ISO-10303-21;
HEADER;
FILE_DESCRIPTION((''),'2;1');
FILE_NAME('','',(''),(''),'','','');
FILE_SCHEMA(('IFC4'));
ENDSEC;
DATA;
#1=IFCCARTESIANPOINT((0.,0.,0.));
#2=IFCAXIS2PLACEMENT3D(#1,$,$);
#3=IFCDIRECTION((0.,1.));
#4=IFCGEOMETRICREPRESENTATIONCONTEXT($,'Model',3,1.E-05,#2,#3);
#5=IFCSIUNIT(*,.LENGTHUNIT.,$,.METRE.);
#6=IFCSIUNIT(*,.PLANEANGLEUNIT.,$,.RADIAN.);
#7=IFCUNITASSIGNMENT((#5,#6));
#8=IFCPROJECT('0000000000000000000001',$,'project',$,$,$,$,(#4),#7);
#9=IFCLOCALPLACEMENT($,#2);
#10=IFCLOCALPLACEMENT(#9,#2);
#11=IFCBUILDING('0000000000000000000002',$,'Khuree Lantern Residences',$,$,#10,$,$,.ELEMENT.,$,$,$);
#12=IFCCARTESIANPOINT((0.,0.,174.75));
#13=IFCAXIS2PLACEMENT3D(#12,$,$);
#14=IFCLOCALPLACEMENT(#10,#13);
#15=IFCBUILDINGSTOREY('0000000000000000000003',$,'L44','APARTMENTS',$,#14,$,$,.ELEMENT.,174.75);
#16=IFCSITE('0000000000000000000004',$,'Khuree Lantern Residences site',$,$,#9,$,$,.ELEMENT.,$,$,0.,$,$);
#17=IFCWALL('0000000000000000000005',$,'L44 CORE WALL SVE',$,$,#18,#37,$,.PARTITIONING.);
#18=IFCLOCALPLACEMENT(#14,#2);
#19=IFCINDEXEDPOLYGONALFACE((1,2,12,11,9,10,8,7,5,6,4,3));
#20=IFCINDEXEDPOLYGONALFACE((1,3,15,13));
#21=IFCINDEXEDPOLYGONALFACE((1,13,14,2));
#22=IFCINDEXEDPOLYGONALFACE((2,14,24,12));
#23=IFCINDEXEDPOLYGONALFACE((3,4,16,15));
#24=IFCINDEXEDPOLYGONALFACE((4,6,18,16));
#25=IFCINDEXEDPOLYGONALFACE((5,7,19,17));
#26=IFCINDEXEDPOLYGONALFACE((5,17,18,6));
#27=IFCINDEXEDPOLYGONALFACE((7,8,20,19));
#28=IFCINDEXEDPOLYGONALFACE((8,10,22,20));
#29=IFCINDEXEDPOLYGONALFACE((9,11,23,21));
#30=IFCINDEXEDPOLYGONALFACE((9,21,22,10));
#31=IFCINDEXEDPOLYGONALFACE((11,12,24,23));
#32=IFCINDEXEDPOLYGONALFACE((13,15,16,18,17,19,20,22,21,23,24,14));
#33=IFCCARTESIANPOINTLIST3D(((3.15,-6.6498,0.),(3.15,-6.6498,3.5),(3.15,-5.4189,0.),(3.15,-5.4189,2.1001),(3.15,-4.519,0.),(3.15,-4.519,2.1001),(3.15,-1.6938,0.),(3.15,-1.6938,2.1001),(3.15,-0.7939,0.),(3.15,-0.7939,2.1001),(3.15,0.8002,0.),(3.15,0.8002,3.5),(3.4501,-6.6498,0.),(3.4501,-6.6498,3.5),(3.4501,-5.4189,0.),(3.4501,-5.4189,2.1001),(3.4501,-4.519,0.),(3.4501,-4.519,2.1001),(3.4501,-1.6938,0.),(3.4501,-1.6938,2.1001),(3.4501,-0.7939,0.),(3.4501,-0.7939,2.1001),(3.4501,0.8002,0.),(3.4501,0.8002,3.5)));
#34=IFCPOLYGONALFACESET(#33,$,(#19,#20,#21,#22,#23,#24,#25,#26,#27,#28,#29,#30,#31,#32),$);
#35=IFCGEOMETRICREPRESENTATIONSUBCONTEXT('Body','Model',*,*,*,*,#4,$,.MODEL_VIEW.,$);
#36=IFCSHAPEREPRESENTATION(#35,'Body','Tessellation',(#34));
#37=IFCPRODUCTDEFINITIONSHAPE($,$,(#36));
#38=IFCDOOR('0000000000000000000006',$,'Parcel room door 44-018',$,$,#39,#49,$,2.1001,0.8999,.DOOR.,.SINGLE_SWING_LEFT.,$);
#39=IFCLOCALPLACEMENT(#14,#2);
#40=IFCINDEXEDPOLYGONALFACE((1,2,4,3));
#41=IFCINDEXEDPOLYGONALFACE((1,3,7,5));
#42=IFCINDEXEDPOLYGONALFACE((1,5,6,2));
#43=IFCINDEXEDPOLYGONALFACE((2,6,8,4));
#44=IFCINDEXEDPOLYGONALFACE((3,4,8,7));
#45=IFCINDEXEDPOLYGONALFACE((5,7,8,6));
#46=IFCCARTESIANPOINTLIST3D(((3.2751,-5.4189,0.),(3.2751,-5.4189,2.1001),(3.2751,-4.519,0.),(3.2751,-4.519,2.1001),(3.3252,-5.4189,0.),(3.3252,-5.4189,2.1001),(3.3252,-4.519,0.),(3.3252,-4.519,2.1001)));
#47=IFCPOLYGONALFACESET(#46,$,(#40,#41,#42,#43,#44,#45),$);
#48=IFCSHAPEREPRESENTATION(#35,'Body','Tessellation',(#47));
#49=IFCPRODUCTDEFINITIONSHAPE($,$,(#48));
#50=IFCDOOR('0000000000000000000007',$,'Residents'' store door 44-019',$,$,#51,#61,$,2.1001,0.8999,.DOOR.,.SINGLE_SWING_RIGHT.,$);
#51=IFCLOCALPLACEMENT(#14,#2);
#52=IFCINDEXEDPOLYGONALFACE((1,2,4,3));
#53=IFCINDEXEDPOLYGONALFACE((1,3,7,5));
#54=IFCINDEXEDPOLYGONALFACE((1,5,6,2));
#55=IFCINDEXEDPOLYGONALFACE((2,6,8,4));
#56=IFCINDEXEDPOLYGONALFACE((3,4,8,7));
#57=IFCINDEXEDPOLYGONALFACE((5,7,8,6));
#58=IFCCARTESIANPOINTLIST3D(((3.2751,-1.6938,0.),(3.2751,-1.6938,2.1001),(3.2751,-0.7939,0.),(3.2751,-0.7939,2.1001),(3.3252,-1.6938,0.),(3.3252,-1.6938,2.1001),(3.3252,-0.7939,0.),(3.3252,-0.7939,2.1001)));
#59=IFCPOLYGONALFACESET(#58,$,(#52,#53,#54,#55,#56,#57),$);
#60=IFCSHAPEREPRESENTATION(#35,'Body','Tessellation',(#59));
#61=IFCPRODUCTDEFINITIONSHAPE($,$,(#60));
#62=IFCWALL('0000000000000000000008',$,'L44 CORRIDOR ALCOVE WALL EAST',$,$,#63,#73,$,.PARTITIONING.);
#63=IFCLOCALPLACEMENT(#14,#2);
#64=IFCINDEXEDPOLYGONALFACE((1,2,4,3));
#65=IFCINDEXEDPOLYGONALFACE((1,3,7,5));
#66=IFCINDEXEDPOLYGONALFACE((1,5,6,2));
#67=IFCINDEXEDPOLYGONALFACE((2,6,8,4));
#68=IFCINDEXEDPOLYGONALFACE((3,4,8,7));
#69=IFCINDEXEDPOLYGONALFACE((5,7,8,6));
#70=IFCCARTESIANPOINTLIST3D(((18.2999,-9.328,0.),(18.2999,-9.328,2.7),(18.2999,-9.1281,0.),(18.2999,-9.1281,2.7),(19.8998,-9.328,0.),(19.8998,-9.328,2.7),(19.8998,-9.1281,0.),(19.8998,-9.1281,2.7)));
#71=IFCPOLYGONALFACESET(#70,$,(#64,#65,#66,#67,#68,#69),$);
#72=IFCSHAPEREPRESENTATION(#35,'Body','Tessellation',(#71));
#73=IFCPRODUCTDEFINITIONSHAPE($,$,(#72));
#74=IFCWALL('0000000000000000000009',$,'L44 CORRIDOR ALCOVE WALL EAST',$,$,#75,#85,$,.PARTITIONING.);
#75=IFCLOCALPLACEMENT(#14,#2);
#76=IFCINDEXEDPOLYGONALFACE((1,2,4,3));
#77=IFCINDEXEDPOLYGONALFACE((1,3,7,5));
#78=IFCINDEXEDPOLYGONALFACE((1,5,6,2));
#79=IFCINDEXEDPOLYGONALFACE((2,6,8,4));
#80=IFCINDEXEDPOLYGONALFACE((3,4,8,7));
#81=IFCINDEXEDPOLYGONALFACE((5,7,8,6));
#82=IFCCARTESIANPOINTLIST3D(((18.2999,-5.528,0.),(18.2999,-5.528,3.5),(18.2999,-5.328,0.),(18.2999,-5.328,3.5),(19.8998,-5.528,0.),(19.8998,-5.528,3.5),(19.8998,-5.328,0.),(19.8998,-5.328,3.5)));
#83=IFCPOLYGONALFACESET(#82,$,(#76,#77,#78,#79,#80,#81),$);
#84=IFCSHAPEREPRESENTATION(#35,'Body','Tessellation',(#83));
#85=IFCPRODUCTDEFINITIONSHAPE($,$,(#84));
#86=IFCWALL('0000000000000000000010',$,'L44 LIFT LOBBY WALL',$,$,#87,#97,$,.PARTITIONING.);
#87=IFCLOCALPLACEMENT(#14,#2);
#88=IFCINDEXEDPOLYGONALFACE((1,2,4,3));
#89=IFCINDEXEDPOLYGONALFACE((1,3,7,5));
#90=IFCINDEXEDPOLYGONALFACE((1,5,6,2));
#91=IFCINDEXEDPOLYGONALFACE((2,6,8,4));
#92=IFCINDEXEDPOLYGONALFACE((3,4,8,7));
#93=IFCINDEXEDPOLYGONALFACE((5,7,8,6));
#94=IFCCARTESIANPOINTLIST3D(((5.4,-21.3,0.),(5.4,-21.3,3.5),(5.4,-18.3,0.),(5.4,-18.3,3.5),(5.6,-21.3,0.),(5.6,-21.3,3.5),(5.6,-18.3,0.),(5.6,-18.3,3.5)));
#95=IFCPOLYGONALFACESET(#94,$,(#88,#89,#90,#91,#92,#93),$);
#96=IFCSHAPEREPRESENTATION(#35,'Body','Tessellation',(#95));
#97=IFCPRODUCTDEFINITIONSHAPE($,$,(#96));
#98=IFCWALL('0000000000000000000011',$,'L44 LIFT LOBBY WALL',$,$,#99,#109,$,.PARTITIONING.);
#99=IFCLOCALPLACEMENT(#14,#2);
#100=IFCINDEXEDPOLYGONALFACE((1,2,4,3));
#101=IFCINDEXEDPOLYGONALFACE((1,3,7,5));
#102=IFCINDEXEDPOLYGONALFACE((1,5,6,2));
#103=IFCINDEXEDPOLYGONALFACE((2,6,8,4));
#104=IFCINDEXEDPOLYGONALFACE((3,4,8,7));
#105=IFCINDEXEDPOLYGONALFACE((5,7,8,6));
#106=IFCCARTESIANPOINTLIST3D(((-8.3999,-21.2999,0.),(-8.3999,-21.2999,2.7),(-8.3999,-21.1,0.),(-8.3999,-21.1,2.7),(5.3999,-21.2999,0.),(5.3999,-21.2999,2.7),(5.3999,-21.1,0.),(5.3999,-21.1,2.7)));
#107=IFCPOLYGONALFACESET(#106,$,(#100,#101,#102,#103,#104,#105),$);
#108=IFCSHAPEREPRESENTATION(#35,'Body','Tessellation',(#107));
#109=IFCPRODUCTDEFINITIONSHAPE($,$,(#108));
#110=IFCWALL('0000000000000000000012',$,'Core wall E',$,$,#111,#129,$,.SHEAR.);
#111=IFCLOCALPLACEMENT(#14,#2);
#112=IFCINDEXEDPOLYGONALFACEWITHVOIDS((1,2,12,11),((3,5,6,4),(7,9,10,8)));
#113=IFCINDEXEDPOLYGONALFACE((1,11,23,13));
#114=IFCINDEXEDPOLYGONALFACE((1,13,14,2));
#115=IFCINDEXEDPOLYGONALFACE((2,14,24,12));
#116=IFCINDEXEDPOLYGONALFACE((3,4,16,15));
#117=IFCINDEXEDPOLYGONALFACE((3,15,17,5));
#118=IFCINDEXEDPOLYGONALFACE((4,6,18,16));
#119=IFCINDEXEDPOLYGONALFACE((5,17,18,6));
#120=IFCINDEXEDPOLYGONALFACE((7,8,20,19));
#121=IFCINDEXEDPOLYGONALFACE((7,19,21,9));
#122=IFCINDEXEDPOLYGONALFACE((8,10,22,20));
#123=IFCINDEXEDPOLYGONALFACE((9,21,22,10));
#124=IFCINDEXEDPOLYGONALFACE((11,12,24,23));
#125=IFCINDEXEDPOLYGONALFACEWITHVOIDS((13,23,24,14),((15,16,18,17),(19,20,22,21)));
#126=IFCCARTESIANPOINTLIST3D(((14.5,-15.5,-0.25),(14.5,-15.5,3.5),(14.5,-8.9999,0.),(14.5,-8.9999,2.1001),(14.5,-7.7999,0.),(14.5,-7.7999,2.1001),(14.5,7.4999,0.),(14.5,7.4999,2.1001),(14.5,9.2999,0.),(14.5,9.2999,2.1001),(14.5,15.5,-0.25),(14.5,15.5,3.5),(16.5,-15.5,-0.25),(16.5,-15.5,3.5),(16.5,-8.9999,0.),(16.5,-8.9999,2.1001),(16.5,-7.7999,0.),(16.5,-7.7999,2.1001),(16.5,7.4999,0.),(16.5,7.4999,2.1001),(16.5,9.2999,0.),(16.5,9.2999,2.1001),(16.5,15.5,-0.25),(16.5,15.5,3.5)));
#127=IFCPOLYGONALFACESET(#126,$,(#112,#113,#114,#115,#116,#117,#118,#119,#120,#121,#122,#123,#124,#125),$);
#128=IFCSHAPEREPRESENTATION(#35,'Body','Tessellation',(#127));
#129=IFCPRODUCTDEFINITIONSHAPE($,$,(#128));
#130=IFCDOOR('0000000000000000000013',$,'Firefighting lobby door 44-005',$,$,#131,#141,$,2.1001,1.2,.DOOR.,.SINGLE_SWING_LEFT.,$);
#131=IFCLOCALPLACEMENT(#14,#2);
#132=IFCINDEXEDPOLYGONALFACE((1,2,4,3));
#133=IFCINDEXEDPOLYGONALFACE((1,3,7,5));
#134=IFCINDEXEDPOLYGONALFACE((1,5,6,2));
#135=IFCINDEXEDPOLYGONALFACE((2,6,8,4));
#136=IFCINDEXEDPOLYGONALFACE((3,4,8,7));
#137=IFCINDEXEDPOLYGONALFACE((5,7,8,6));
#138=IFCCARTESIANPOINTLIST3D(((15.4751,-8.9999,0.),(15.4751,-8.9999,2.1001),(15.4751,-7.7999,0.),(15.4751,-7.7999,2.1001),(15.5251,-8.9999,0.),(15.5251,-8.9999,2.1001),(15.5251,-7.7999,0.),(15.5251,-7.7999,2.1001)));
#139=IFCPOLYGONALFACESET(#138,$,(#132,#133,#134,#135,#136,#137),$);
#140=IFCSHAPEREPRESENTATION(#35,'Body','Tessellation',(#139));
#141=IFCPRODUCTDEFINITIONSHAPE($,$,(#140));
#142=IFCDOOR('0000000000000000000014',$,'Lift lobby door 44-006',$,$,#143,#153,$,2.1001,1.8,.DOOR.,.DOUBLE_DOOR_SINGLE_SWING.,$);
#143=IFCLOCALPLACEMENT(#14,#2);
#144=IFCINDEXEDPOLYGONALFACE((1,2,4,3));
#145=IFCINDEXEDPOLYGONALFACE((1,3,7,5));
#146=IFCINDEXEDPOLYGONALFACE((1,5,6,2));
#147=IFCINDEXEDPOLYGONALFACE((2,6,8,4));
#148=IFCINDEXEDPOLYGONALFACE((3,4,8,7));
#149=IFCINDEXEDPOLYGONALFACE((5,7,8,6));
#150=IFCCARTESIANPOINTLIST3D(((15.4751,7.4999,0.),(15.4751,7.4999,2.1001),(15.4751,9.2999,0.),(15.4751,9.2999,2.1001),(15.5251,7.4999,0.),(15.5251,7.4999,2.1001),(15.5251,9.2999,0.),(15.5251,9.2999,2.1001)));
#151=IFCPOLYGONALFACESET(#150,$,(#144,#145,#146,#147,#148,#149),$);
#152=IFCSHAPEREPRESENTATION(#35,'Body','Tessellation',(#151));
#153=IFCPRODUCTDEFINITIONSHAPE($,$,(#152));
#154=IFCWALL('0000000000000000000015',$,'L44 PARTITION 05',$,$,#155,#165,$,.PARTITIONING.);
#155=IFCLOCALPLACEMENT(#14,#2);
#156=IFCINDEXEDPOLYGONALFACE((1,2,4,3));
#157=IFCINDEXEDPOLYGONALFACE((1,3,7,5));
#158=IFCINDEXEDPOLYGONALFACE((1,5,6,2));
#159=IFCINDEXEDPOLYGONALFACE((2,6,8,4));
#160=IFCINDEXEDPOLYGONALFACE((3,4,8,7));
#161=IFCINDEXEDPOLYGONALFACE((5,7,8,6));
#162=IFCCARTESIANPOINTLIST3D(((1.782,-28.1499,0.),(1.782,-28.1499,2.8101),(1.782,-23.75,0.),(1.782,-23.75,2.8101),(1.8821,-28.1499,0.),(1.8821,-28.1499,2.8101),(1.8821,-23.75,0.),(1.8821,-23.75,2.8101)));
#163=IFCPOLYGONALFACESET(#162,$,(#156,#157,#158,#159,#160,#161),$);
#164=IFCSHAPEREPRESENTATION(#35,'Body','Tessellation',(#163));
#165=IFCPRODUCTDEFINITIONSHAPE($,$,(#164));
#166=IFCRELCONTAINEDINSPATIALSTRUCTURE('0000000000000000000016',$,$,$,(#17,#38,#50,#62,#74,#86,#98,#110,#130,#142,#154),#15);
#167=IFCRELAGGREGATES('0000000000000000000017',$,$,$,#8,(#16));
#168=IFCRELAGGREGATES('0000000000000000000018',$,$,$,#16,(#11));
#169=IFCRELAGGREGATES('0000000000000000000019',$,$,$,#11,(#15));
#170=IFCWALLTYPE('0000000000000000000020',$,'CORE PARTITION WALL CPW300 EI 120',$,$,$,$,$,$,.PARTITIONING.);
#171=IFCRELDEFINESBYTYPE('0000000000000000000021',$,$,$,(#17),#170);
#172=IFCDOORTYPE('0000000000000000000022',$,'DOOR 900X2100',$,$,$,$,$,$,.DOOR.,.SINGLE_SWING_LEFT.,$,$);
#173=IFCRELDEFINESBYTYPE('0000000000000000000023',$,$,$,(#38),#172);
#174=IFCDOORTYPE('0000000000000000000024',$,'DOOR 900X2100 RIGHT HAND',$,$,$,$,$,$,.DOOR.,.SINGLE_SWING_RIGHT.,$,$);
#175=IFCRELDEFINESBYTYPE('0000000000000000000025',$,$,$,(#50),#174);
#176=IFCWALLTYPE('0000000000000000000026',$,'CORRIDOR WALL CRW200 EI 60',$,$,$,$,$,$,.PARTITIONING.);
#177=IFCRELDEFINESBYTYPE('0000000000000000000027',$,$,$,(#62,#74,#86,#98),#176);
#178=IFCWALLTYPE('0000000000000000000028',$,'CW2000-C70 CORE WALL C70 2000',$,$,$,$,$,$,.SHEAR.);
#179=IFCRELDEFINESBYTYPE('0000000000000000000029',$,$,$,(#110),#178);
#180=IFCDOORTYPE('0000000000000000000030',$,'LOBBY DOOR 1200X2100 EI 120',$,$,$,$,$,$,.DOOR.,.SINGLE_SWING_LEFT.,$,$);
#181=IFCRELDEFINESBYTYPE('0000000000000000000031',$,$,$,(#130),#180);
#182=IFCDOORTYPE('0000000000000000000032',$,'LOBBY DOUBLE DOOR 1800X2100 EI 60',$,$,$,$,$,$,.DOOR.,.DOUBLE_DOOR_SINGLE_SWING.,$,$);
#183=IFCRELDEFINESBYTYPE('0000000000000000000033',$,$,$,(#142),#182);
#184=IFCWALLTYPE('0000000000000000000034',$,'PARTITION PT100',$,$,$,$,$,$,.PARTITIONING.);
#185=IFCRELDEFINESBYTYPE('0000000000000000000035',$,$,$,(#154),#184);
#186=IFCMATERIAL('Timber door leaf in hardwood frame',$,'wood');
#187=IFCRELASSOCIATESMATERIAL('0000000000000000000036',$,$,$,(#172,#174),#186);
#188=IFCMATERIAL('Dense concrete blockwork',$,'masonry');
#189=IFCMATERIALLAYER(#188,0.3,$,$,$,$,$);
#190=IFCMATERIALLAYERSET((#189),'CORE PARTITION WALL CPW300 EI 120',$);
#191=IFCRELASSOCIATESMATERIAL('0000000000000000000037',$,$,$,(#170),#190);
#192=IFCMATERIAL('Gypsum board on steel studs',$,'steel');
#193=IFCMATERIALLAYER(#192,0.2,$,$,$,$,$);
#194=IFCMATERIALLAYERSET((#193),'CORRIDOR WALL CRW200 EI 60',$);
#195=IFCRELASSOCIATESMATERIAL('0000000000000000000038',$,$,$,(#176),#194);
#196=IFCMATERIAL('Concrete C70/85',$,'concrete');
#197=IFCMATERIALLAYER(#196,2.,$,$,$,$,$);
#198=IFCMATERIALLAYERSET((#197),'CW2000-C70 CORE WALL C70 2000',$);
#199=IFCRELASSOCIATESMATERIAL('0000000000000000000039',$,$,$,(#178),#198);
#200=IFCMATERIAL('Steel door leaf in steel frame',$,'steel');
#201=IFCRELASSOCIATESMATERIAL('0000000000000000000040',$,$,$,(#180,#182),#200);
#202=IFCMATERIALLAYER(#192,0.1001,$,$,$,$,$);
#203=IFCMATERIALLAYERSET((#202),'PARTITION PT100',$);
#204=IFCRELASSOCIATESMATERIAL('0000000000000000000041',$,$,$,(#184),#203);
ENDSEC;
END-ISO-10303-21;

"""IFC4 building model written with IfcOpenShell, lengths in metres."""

from ifc_helpers import new_model, si_unit, direction, frame, frame_2d, origin, place, context, subcontext, project, spatial, rectangle, extrude, material, layer, layer_set, type_object, element, fill, save


model = new_model("IFC4")

# Units and contexts
model_context = context("Model", 3, precision=1e-05, world=origin(), true_north=direction((0.0, 1.0)))
body_context = subcontext(model_context, "Body", "Model", "MODEL_VIEW")
ifc_project = project(units=[si_unit("LENGTHUNIT", "METRE"), si_unit("PLANEANGLEUNIT", "RADIAN")], contexts=[model_context])

# Site, building, storey
site_placement = place(None, origin())
site = spatial("IfcSite", under=ifc_project, at=site_placement, Name="Khuree Lantern Residences site", CompositionType="ELEMENT", RefElevation=0.0)
building_placement = place(site_placement, origin())
building = spatial("IfcBuilding", under=site, at=building_placement, Name="Khuree Lantern Residences", CompositionType="ELEMENT")
storey_placement = place(building_placement, frame((0.0, 0.0, 174.75)))
storey = spatial("IfcBuildingStorey", under=building, at=storey_placement, Name="L44", Description="APARTMENTS", CompositionType="ELEMENT", Elevation=174.75)

# Shared definitions
ifc_material_1 = material(Name="Concrete C70/85", Category="concrete")

# Shared definitions
ifc_material_2 = material(Name="Timber door leaf in hardwood frame", Category="wood")
door_type_1 = type_object("IfcDoorType", Name="DOOR 900X2100", OperationType="SINGLE_SWING_LEFT", PredefinedType="DOOR", material=ifc_material_2)

# Shared definitions
ifc_material_3 = material(Name="Dense concrete blockwork", Category="masonry")
ifc_layer_1 = layer(ifc_material_3, 0.3)
ifc_layer_set_1 = layer_set([ifc_layer_1], Name="CORE PARTITION WALL CPW300 EI 120")
wall_type_1 = type_object("IfcWallType", Name="CORE PARTITION WALL CPW300 EI 120", PredefinedType="PARTITIONING", material=ifc_layer_set_1)

# Wall, openings, doors
wall_1_placement = place(storey_placement, frame((3.3, -6.6499, 0.0), z_axis=(0.0, 0.0, 1.0), x_axis=(0.0, 1.0, 0.0)))
wall_1 = element("IfcWall", 1, at=wall_1_placement, inside=storey, type_object=wall_type_1, Name="L44 CORE WALL SVE", PredefinedType="PARTITIONING", context=body_context, shape_type="SweptSolid", body=[
    extrude(rectangle(XDim=7.45, YDim=0.3, at=frame_2d((3.7251, 0.0))), origin(), (0.0, 0.0, 1.0), 3.5),
])
opening_1_placement = place(wall_1_placement, frame((1.231, 0.0, 0.0)))
opening_1 = element("IfcOpeningElement", 2, at=opening_1_placement, cuts=wall_1, PredefinedType="OPENING", context=body_context, shape_type="SweptSolid", body=[
    extrude(rectangle(XDim=0.8999, YDim=2.1001, at=frame_2d((0.45, 1.05))), frame((0.0, 0.1602, 0.0), z_axis=(0.0, -1.0, 0.0), x_axis=(1.0, 0.0, 0.0)), (0.0, 0.0, 1.0), 0.3201),
])
opening_2_placement = place(wall_1_placement, frame((4.9561, 0.0, 0.0)))
opening_2 = element("IfcOpeningElement", 3, at=opening_2_placement, cuts=wall_1, PredefinedType="OPENING", context=body_context, shape_type="SweptSolid", body=[
    extrude(rectangle(XDim=0.8999, YDim=2.1001, at=frame_2d((0.45, 1.05))), frame((0.0, 0.1602, 0.0), z_axis=(0.0, -1.0, 0.0), x_axis=(1.0, 0.0, 0.0)), (0.0, 0.0, 1.0), 0.3201),
])
door_1_placement = place(opening_1_placement, origin())
door_1 = element("IfcDoor", 4, at=door_1_placement, inside=storey, type_object=door_type_1, Name="Parcel room door 44-018", OperationType="SINGLE_SWING_LEFT", OverallHeight=2.1001, OverallWidth=0.8999, PredefinedType="DOOR", context=body_context, shape_type="SweptSolid", body=[
    extrude(rectangle(XDim=0.8999, YDim=2.1001, at=frame_2d((0.45, 1.05))), frame((0.0, 0.0249, 0.0), z_axis=(0.0, -1.0, 0.0), x_axis=(1.0, 0.0, 0.0)), (0.0, 0.0, 1.0), 0.05),
])
fill(opening_1, door_1)
door_type_2 = type_object("IfcDoorType", Name="DOOR 900X2100 RIGHT HAND", OperationType="SINGLE_SWING_RIGHT", PredefinedType="DOOR", material=ifc_material_2)
door_2_placement = place(opening_2_placement, origin())
door_2 = element("IfcDoor", 5, at=door_2_placement, inside=storey, type_object=door_type_2, Name="Residents' store door 44-019", OperationType="SINGLE_SWING_RIGHT", OverallHeight=2.1001, OverallWidth=0.8999, PredefinedType="DOOR", context=body_context, shape_type="SweptSolid", body=[
    extrude(rectangle(XDim=0.8999, YDim=2.1001, at=frame_2d((0.45, 1.05))), frame((0.0, 0.0249, 0.0), z_axis=(0.0, -1.0, 0.0), x_axis=(1.0, 0.0, 0.0)), (0.0, 0.0, 1.0), 0.05),
])
fill(opening_2, door_2)

# Walls
ifc_material_4 = material(Name="Gypsum board on steel studs", Category="steel")
ifc_layer_2 = layer(ifc_material_4, 0.2)
ifc_layer_set_2 = layer_set([ifc_layer_2], Name="CORRIDOR WALL CRW200 EI 60")
wall_type_2 = type_object("IfcWallType", Name="CORRIDOR WALL CRW200 EI 60", PredefinedType="PARTITIONING", material=ifc_layer_set_2)
wall_2_placement = place(storey_placement, frame((18.3, -9.228, 0.0), z_axis=(0.0, 0.0, 1.0), x_axis=(1.0, 0.0, 0.0)))
element("IfcWall", 6, at=wall_2_placement, inside=storey, type_object=wall_type_2, Name="L44 CORRIDOR ALCOVE WALL EAST", PredefinedType="PARTITIONING", context=body_context, shape_type="SweptSolid", body=[
    extrude(rectangle(XDim=1.5999, YDim=0.2, at=frame_2d((0.7998, 0.0))), origin(), (0.0, 0.0, 1.0), 2.7),
])
wall_3_placement = place(storey_placement, frame((18.3, -5.428, 0.0), z_axis=(0.0, 0.0, 1.0), x_axis=(1.0, 0.0, 0.0)))
element("IfcWall", 7, at=wall_3_placement, inside=storey, type_object=wall_type_2, Name="L44 CORRIDOR ALCOVE WALL EAST", PredefinedType="PARTITIONING", context=body_context, shape_type="SweptSolid", body=[
    extrude(rectangle(XDim=1.5999, YDim=0.2, at=frame_2d((0.7998, 0.0))), origin(), (0.0, 0.0, 1.0), 3.5),
])
wall_4_placement = place(storey_placement, frame((5.5, -18.3, 0.0), z_axis=(0.0, 0.0, 1.0), x_axis=(0.0, -1.0, 0.0)))
element("IfcWall", 8, at=wall_4_placement, inside=storey, type_object=wall_type_2, Name="L44 LIFT LOBBY WALL", PredefinedType="PARTITIONING", context=body_context, shape_type="SweptSolid", body=[
    extrude(rectangle(XDim=3.0, YDim=0.2, at=frame_2d((1.5, 0.0))), origin(), (0.0, 0.0, 1.0), 3.5),
])
wall_5_placement = place(storey_placement, frame((5.3999, -21.2, 0.0), z_axis=(0.0, 0.0, 1.0), x_axis=(-1.0, 0.0, 0.0)))
element("IfcWall", 9, at=wall_5_placement, inside=storey, type_object=wall_type_2, Name="L44 LIFT LOBBY WALL", PredefinedType="PARTITIONING", context=body_context, shape_type="SweptSolid", body=[
    extrude(rectangle(XDim=13.7998, YDim=0.2, at=frame_2d((6.8999, 0.0))), origin(), (0.0, 0.0, 1.0), 2.7),
])

# Wall, openings, doors
ifc_layer_3 = layer(ifc_material_1, 2.0)
ifc_layer_set_3 = layer_set([ifc_layer_3], Name="CW2000-C70 CORE WALL C70 2000")
wall_type_3 = type_object("IfcWallType", Name="CW2000-C70 CORE WALL C70 2000", PredefinedType="SHEAR", material=ifc_layer_set_3)
wall_6_placement = place(storey_placement, frame((15.5, -15.5, -0.25), z_axis=(0.0, 0.0, 1.0), x_axis=(0.0, 1.0, 0.0)))
wall_6 = element("IfcWall", 10, at=wall_6_placement, inside=storey, type_object=wall_type_3, Name="Core wall E", PredefinedType="SHEAR", context=body_context, shape_type="SweptSolid", body=[
    extrude(rectangle(XDim=31.0, YDim=2.0, at=frame_2d((15.5, 0.0))), origin(), (0.0, 0.0, 1.0), 3.75),
])
opening_3_placement = place(wall_6_placement, frame((6.5, 0.0, 0.25)))
opening_3 = element("IfcOpeningElement", 11, at=opening_3_placement, cuts=wall_6, PredefinedType="OPENING", context=body_context, shape_type="SweptSolid", body=[
    extrude(rectangle(XDim=1.2, YDim=2.1001, at=frame_2d((0.6001, 1.05))), frame((0.0, 1.01, 0.0), z_axis=(0.0, -1.0, 0.0), x_axis=(1.0, 0.0, 0.0)), (0.0, 0.0, 1.0), 2.02),
])
opening_4_placement = place(wall_6_placement, frame((23.0, 0.0, 0.25)))
opening_4 = element("IfcOpeningElement", 12, at=opening_4_placement, cuts=wall_6, PredefinedType="OPENING", context=body_context, shape_type="SweptSolid", body=[
    extrude(rectangle(XDim=1.8, YDim=2.1001, at=frame_2d((0.8999, 1.05))), frame((0.0, 1.01, 0.0), z_axis=(0.0, -1.0, 0.0), x_axis=(1.0, 0.0, 0.0)), (0.0, 0.0, 1.0), 2.02),
])
ifc_material_5 = material(Name="Steel door leaf in steel frame", Category="steel")
door_type_3 = type_object("IfcDoorType", Name="LOBBY DOOR 1200X2100 EI 120", OperationType="SINGLE_SWING_LEFT", PredefinedType="DOOR", material=ifc_material_5)
door_3_placement = place(opening_3_placement, origin())
door_3 = element("IfcDoor", 13, at=door_3_placement, inside=storey, type_object=door_type_3, Name="Firefighting lobby door 44-005", OperationType="SINGLE_SWING_LEFT", OverallHeight=2.1001, OverallWidth=1.2, PredefinedType="DOOR", context=body_context, shape_type="SweptSolid", body=[
    extrude(rectangle(XDim=1.2, YDim=2.1001, at=frame_2d((0.6001, 1.05))), frame((0.0, 0.0249, 0.0), z_axis=(0.0, -1.0, 0.0), x_axis=(1.0, 0.0, 0.0)), (0.0, 0.0, 1.0), 0.05),
])
fill(opening_3, door_3)
door_type_4 = type_object("IfcDoorType", Name="LOBBY DOUBLE DOOR 1800X2100 EI 60", OperationType="DOUBLE_DOOR_SINGLE_SWING", PredefinedType="DOOR", material=ifc_material_5)
door_4_placement = place(opening_4_placement, origin())
door_4 = element("IfcDoor", 14, at=door_4_placement, inside=storey, type_object=door_type_4, Name="Lift lobby door 44-006", OperationType="DOUBLE_DOOR_SINGLE_SWING", OverallHeight=2.1001, OverallWidth=1.8, PredefinedType="DOOR", context=body_context, shape_type="SweptSolid", body=[
    extrude(rectangle(XDim=1.8, YDim=2.1001, at=frame_2d((0.8999, 1.05))), frame((0.0, 0.0249, 0.0), z_axis=(0.0, -1.0, 0.0), x_axis=(1.0, 0.0, 0.0)), (0.0, 0.0, 1.0), 0.05),
])
fill(opening_4, door_4)

# Wall
ifc_layer_4 = layer(ifc_material_4, 0.1001)
ifc_layer_set_4 = layer_set([ifc_layer_4], Name="PARTITION PT100")
wall_type_4 = type_object("IfcWallType", Name="PARTITION PT100", PredefinedType="PARTITIONING", material=ifc_layer_set_4)
for number, where, z_axis, x_axis, name in (
    (15, (1.832, -23.75, 0.0), (0.0, 0.0, 1.0), (0.0, -1.0, 0.0), "L44 PARTITION 05"),
):
    element("IfcWall", number, at=place(storey_placement, frame(where, z_axis=z_axis, x_axis=x_axis)), inside=storey, type_object=wall_type_4, Name=name, PredefinedType="PARTITIONING", context=body_context, shape_type="SweptSolid", body=[
        extrude(rectangle(XDim=4.3999, YDim=0.1001, at=frame_2d((2.2, 0.0))), origin(), (0.0, 0.0, 1.0), 2.8101),
    ])

save(model, "model.ifc")
